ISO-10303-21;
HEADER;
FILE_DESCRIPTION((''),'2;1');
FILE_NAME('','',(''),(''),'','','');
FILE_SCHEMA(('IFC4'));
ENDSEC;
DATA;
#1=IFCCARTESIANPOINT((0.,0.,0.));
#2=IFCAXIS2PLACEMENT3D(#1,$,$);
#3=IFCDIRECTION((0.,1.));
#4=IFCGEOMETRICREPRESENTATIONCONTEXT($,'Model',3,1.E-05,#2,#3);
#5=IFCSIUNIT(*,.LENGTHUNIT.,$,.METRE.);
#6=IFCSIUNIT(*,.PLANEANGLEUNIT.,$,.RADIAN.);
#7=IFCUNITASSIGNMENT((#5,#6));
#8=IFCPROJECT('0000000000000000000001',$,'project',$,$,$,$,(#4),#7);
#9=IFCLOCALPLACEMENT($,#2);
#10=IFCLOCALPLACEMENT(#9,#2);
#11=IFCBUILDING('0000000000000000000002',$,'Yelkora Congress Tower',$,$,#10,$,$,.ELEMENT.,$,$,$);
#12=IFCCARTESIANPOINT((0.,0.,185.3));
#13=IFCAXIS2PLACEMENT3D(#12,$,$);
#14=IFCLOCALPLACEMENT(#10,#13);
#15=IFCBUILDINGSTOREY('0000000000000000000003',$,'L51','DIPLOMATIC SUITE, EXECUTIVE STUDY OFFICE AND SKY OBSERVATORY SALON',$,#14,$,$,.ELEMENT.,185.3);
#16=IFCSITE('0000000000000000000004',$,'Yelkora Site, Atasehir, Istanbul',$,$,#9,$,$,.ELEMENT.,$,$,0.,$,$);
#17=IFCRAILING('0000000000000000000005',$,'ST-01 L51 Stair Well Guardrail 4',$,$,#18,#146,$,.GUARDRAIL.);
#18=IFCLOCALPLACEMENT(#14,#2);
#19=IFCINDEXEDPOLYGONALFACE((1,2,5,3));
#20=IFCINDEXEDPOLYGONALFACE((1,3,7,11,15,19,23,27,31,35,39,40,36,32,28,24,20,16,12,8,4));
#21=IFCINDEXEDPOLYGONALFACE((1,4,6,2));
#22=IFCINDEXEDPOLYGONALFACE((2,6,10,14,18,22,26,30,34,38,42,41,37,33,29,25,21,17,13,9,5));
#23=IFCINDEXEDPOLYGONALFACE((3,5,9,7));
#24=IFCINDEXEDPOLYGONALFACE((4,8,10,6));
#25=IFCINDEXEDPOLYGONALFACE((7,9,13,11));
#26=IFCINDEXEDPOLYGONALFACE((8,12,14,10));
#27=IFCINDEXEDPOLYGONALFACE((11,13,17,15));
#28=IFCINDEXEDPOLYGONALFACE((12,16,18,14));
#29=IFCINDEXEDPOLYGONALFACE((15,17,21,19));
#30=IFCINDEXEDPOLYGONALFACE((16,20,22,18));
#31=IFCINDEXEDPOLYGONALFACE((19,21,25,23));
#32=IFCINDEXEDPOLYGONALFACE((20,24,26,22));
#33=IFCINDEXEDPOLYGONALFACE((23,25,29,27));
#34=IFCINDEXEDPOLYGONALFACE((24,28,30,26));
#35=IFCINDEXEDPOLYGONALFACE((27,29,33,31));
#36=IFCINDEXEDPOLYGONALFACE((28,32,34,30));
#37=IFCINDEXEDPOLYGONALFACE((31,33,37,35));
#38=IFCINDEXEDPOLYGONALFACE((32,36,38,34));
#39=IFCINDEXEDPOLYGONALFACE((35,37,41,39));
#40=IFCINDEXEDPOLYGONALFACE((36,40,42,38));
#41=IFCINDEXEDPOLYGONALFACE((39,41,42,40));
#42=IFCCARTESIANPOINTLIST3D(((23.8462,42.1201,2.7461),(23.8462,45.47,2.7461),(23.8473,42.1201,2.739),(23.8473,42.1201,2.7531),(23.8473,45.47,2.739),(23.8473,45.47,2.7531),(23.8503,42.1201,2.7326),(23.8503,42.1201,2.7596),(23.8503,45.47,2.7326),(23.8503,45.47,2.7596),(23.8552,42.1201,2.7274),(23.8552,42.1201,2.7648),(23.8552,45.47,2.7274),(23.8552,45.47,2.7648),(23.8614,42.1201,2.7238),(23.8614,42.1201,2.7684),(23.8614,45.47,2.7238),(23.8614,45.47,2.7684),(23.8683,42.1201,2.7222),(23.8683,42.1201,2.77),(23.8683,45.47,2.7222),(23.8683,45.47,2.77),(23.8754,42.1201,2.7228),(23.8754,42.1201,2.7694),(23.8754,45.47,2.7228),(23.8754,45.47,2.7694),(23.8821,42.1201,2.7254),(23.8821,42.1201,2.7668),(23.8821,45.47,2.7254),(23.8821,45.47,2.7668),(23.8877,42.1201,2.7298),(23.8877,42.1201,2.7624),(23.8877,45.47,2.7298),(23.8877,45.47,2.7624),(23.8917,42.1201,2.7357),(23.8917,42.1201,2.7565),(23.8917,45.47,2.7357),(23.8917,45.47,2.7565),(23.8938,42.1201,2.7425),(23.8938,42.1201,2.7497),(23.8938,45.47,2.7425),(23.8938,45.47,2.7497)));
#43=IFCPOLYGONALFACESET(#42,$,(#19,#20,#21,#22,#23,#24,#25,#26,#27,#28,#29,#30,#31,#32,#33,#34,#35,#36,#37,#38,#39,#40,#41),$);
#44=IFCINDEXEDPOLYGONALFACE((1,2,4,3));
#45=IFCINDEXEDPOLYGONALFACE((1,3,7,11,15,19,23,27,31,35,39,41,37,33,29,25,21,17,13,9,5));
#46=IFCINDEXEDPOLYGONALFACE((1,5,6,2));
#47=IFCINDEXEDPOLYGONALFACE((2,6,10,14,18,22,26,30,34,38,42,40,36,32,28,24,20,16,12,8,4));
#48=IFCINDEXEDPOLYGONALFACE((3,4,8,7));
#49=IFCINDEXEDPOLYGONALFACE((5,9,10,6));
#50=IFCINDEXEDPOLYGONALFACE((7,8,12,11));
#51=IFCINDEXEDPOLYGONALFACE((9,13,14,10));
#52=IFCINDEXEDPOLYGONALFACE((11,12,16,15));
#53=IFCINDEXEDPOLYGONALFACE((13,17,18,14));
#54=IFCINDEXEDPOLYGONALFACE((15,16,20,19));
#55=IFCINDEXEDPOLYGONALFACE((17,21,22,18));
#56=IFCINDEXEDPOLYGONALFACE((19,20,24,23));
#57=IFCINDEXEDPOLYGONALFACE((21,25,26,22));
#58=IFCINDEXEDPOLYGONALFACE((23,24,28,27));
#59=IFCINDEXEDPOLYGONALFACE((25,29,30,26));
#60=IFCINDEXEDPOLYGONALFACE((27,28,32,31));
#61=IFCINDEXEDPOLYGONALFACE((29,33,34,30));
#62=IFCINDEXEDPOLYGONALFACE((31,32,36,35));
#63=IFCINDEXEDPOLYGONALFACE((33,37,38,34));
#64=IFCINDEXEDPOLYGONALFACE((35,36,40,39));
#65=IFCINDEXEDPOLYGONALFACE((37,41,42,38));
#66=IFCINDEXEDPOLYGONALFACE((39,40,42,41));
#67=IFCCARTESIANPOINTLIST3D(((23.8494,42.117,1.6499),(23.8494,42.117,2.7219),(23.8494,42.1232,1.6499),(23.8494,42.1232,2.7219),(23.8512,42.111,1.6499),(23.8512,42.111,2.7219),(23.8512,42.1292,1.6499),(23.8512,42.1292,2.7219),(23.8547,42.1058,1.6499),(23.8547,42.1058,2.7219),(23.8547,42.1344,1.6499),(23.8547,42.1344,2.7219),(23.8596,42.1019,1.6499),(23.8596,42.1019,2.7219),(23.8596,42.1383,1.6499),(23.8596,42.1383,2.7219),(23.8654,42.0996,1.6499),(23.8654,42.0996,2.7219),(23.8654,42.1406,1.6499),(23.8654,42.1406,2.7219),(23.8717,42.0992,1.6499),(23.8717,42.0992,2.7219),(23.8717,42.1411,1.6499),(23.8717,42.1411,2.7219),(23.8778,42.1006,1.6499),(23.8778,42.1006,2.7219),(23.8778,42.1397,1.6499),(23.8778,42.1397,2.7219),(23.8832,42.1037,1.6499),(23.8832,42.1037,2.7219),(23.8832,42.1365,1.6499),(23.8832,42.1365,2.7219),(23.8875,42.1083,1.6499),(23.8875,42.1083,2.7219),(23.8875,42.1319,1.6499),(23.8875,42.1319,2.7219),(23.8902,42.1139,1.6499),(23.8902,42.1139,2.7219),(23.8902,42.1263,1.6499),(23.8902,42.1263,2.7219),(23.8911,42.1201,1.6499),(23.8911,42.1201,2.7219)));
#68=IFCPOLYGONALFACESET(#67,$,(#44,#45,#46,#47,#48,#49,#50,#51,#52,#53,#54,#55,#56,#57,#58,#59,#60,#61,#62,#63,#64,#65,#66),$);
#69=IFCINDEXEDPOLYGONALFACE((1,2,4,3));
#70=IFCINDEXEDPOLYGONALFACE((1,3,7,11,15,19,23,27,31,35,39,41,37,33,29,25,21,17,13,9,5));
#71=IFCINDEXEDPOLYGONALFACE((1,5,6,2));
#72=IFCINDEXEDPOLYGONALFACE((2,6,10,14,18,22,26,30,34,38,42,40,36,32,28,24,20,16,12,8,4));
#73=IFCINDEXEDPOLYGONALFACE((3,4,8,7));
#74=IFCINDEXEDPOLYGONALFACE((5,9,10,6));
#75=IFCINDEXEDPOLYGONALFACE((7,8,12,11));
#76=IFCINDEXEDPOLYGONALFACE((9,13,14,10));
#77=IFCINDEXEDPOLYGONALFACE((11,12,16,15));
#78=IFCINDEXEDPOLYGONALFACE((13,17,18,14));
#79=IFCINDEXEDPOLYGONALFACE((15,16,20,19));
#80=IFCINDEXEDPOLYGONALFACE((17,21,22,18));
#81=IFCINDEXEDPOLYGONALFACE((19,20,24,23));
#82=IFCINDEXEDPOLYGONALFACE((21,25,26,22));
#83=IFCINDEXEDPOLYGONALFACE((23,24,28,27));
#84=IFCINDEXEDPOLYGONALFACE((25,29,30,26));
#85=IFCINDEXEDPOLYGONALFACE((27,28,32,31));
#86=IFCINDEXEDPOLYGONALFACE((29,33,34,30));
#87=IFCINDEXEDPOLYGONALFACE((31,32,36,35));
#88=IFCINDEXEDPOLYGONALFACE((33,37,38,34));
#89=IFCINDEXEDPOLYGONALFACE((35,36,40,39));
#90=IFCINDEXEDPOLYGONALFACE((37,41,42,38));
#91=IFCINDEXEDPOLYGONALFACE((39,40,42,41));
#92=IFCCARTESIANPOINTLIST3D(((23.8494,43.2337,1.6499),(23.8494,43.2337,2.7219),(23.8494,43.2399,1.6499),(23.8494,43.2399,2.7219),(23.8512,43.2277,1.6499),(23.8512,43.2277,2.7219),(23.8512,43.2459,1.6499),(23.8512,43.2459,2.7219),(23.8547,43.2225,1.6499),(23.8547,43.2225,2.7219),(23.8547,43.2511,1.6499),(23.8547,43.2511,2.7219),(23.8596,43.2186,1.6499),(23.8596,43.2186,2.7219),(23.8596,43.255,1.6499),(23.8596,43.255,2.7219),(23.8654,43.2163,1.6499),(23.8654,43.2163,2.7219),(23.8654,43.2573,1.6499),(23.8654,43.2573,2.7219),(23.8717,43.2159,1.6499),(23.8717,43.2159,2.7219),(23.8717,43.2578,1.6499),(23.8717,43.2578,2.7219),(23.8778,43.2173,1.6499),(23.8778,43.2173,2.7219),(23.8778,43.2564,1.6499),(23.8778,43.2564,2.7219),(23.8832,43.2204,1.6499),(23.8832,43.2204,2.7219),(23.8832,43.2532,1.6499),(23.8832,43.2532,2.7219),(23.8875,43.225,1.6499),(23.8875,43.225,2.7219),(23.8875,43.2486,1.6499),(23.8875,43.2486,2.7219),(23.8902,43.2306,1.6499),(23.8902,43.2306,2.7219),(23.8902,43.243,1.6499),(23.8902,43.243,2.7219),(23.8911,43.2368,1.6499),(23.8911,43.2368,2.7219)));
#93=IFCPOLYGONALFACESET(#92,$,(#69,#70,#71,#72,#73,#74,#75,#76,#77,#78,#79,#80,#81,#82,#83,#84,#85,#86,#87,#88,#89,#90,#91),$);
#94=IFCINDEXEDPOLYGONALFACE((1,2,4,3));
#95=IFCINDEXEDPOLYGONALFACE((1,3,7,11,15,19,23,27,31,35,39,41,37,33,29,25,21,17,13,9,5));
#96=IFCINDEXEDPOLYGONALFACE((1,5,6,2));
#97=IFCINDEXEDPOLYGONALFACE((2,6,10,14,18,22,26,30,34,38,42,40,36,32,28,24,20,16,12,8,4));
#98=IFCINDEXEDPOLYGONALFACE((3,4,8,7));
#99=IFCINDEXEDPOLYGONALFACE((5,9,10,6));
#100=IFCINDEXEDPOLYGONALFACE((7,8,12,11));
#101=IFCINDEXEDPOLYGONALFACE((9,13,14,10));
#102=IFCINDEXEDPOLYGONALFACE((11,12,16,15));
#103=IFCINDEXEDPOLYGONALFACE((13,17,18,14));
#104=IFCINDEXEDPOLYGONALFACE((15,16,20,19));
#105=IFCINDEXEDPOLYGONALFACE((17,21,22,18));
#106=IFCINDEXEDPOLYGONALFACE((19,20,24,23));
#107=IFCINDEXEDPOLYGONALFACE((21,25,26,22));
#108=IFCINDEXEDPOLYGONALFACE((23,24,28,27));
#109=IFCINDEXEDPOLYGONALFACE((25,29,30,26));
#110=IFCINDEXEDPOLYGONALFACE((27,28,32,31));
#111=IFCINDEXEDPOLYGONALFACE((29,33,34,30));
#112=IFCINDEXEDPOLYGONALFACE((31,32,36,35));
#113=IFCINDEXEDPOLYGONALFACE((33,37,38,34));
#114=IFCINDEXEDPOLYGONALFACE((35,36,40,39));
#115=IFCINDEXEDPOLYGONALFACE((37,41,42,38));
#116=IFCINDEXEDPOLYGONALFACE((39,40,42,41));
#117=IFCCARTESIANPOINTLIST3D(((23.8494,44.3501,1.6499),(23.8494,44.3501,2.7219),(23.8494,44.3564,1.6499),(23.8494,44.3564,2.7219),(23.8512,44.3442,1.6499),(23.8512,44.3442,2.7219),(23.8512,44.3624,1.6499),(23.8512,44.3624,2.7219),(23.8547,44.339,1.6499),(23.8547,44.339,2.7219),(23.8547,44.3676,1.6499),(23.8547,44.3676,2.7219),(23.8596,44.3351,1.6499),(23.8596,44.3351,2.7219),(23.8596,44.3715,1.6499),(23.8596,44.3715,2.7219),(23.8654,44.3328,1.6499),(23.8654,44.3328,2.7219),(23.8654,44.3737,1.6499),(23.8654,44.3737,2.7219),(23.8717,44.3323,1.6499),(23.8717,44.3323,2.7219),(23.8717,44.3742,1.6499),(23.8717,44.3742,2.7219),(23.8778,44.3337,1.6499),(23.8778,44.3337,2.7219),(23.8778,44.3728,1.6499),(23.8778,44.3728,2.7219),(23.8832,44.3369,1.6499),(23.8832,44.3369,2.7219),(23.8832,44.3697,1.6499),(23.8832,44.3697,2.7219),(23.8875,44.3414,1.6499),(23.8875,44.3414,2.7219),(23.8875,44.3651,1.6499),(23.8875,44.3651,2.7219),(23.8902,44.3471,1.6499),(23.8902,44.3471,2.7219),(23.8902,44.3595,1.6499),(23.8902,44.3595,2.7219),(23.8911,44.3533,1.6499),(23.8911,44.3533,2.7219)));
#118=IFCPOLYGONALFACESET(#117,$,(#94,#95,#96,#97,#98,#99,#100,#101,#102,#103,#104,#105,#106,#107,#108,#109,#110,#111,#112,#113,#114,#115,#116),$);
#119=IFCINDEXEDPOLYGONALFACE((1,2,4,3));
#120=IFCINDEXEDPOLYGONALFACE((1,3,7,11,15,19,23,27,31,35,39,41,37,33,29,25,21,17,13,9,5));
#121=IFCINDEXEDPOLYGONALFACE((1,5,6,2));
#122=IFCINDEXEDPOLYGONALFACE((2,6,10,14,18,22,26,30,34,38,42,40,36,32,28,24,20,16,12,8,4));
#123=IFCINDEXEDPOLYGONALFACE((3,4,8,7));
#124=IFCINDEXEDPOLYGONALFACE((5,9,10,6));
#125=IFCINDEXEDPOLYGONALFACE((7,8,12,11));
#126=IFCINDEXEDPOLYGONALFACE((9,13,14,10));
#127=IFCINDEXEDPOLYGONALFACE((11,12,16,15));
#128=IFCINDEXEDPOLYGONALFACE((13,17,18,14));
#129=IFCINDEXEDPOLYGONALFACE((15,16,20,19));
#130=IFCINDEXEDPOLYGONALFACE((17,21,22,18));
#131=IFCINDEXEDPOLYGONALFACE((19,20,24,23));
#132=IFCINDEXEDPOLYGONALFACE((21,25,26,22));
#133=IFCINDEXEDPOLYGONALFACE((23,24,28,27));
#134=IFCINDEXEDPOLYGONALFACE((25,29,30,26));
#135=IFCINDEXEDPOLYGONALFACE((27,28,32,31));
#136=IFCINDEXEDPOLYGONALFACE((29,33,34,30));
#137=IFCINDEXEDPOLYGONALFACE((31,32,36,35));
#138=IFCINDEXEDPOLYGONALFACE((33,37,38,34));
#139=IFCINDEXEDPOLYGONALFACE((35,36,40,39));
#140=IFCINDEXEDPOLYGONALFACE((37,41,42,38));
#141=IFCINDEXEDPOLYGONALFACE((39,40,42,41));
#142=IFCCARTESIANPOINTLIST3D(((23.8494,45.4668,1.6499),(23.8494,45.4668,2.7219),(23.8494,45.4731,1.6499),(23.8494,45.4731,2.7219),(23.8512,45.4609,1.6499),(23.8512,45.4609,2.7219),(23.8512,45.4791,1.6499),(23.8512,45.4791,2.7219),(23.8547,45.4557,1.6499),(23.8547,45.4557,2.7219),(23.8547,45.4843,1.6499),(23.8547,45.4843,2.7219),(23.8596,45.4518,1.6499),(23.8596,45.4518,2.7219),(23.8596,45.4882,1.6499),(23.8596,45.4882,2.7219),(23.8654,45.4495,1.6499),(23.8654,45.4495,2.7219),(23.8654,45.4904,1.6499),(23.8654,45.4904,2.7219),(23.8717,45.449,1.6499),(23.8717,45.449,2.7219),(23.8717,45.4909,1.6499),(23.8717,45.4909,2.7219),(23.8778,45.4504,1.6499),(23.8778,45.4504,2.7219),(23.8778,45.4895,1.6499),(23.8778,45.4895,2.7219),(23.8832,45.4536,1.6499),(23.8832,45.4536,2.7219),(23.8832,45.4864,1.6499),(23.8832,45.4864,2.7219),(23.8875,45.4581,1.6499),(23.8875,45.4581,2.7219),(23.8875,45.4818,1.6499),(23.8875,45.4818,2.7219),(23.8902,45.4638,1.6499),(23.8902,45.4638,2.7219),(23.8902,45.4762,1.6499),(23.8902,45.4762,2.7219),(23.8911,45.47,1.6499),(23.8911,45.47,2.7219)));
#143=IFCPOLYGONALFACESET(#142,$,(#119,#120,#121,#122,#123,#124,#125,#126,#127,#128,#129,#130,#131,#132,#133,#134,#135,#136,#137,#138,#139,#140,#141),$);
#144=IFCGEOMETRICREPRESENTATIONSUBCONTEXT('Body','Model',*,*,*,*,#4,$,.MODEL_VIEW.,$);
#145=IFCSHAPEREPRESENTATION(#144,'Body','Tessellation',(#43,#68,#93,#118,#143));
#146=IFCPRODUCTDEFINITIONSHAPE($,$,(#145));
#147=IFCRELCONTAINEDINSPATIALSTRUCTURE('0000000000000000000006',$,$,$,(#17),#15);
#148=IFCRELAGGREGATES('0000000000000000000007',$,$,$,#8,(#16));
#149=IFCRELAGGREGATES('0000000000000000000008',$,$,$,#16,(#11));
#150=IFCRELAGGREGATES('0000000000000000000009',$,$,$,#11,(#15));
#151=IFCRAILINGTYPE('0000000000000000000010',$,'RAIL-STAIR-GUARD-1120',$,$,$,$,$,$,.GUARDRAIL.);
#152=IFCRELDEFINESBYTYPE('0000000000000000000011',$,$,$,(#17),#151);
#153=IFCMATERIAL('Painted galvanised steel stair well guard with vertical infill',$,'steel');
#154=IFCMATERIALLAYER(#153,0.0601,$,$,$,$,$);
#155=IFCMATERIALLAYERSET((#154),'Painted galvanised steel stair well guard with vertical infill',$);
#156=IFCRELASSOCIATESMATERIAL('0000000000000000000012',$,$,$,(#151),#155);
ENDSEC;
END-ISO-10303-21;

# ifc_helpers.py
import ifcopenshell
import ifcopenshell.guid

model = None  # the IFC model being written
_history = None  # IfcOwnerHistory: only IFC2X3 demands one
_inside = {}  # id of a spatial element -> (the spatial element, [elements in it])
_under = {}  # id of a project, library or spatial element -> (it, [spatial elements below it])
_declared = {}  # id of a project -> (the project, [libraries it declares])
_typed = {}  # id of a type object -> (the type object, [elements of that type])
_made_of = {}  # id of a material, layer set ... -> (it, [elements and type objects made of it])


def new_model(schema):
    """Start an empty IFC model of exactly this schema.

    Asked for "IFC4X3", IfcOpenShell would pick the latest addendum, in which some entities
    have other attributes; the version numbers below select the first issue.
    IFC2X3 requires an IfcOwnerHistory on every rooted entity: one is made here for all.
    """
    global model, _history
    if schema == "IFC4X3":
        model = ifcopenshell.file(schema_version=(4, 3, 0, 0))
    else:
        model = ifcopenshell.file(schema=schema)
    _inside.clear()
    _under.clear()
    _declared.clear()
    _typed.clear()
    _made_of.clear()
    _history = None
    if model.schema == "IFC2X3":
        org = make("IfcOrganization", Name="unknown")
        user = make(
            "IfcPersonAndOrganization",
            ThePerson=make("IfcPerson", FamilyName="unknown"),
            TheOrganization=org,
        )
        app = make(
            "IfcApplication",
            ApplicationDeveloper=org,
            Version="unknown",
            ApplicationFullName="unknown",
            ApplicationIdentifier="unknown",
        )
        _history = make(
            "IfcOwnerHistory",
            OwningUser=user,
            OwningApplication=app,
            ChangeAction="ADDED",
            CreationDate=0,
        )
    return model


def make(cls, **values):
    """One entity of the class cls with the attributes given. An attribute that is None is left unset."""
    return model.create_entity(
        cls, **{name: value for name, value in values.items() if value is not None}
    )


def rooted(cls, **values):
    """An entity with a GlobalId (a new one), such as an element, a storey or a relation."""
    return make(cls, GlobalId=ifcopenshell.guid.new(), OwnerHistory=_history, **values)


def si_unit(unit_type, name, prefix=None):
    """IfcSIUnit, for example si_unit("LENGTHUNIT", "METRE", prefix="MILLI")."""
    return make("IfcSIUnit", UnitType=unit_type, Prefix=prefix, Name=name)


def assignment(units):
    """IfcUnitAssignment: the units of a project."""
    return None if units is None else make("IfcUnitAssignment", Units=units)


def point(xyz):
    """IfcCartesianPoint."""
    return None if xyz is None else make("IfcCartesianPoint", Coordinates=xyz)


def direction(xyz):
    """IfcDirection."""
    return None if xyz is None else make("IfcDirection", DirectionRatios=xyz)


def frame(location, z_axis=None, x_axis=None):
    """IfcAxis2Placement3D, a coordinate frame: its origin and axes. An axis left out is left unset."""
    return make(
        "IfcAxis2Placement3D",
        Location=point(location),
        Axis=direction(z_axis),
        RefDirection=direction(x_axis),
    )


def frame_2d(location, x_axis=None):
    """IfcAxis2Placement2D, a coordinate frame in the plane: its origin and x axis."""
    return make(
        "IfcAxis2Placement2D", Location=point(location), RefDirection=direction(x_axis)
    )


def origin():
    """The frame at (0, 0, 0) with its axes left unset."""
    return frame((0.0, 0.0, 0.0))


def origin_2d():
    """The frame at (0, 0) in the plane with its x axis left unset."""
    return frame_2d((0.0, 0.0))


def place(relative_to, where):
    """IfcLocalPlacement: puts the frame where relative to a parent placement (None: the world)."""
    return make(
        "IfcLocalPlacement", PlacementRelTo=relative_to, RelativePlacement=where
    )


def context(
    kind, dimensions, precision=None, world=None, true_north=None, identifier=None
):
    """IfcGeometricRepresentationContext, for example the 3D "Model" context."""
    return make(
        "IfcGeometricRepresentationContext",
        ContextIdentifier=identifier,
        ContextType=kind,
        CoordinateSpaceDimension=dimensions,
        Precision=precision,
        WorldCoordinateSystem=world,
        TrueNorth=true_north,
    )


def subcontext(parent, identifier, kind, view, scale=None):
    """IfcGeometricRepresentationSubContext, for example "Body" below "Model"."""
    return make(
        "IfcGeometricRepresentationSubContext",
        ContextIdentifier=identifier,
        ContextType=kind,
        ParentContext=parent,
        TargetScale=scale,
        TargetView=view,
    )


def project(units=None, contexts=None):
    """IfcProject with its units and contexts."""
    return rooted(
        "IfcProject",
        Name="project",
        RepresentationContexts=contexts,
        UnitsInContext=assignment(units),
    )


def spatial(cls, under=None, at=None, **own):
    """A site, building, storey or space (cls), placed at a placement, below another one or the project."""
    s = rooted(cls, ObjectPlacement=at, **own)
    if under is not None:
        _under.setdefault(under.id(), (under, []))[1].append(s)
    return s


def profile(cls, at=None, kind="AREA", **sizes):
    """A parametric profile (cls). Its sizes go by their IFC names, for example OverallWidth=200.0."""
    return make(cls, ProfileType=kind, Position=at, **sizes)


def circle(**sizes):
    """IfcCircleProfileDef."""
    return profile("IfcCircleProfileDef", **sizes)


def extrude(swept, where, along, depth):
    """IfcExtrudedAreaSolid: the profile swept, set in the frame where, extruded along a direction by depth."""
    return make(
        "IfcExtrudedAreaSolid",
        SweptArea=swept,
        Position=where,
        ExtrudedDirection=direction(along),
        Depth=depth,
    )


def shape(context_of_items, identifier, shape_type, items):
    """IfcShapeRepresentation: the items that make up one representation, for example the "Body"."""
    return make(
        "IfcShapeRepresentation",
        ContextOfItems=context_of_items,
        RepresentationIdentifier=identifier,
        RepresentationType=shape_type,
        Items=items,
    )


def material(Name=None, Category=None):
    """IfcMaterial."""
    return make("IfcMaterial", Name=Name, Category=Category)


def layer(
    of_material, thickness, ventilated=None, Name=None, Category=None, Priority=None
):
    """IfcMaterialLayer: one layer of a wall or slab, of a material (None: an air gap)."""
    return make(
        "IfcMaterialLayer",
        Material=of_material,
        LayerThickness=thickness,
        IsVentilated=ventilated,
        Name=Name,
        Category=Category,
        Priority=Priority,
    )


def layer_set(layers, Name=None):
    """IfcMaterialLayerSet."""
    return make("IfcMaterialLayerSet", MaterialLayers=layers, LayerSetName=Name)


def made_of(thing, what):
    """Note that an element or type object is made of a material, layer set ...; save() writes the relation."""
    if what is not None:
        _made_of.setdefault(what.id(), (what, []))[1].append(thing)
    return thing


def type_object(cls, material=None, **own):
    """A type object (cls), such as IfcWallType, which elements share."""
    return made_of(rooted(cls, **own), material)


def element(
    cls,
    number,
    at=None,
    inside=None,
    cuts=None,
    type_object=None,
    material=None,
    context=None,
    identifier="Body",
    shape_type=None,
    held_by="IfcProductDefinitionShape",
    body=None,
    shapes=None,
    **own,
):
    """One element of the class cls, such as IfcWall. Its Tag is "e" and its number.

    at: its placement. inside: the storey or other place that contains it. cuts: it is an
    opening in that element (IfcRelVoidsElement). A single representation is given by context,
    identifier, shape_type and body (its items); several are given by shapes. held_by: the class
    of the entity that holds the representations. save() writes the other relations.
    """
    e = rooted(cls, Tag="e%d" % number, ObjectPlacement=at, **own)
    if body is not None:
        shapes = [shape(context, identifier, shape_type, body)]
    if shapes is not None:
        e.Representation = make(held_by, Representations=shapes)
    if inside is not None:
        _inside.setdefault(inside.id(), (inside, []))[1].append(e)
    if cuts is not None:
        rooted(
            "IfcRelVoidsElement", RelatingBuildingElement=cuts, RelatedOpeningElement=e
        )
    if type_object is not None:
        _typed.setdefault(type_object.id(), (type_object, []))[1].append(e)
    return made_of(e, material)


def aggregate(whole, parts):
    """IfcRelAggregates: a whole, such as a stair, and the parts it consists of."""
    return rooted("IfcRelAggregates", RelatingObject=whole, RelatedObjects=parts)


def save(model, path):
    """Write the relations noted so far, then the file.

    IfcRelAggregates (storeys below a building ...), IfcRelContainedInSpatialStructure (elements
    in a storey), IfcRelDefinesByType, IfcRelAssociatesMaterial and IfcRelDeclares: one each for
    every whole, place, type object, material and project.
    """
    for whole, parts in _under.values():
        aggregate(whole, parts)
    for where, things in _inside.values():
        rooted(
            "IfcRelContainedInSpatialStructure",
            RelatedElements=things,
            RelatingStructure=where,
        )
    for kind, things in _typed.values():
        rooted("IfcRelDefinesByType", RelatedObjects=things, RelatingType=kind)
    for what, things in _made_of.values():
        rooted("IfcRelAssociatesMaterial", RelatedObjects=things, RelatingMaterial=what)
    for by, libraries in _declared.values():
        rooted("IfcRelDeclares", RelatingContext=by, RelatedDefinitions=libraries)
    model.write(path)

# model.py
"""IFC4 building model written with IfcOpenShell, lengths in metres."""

from ifc_helpers import new_model, si_unit, direction, frame, origin, origin_2d, place, context, subcontext, project, spatial, circle, extrude, material, layer, layer_set, type_object, element, save


model = new_model("IFC4")

# Units and contexts
model_context = context("Model", 3, precision=1e-05, world=origin(), true_north=direction((0.0, 1.0)))
body_context = subcontext(model_context, "Body", "Model", "MODEL_VIEW")
ifc_project = project(units=[si_unit("LENGTHUNIT", "METRE"), si_unit("PLANEANGLEUNIT", "RADIAN")], contexts=[model_context])

# Site, building, storey
site_placement = place(None, origin())
site = spatial("IfcSite", under=ifc_project, at=site_placement, Name="Yelkora Site, Atasehir, Istanbul", CompositionType="ELEMENT", RefElevation=0.0)
building_placement = place(site_placement, origin())
building = spatial("IfcBuilding", under=site, at=building_placement, Name="Yelkora Congress Tower", CompositionType="ELEMENT")
storey_placement = place(building_placement, frame((0.0, 0.0, 185.3)))
storey = spatial("IfcBuildingStorey", under=building, at=storey_placement, Name="L51", Description="DIPLOMATIC SUITE, EXECUTIVE STUDY OFFICE AND SKY OBSERVATORY SALON", CompositionType="ELEMENT", Elevation=185.3)

# Railing
ifc_material_1 = material(Name="Painted galvanised steel stair well guard with vertical infill", Category="steel")
ifc_layer_1 = layer(ifc_material_1, 0.0601)
ifc_layer_set_1 = layer_set([ifc_layer_1], Name="Painted galvanised steel stair well guard with vertical infill")
railing_type = type_object("IfcRailingType", Name="RAIL-STAIR-GUARD-1120", PredefinedType="GUARDRAIL", material=ifc_layer_set_1)
for number, where, name in (
    (1, (23.8701, 42.1201, 1.6499), "ST-01 L51 Stair Well Guardrail 4"),
):
    element("IfcRailing", number, at=place(storey_placement, frame(where)), inside=storey, type_object=railing_type, Name=name, PredefinedType="GUARDRAIL", context=body_context, shape_type="SweptSolid", body=[
        extrude(circle(Radius=0.0239, at=origin_2d()), frame((0.0, 0.0, 1.0962), z_axis=(0.0, 1.0, 0.0), x_axis=(-1.0, 0.0, 0.0)), (0.0, 0.0, 1.0), 3.3499),
        extrude(circle(Radius=0.021, at=origin_2d()), origin(), (0.0, 0.0, 1.0), 1.072),
        extrude(circle(Radius=0.021, at=origin_2d()), frame((0.0, 1.1167, 0.0)), (0.0, 0.0, 1.0), 1.072),
        extrude(circle(Radius=0.021, at=origin_2d()), frame((0.0, 2.2332, 0.0)), (0.0, 0.0, 1.0), 1.072),
        extrude(circle(Radius=0.021, at=origin_2d()), frame((0.0, 3.3499, 0.0)), (0.0, 0.0, 1.0), 1.072),
    ])

save(model, "model.ifc")
